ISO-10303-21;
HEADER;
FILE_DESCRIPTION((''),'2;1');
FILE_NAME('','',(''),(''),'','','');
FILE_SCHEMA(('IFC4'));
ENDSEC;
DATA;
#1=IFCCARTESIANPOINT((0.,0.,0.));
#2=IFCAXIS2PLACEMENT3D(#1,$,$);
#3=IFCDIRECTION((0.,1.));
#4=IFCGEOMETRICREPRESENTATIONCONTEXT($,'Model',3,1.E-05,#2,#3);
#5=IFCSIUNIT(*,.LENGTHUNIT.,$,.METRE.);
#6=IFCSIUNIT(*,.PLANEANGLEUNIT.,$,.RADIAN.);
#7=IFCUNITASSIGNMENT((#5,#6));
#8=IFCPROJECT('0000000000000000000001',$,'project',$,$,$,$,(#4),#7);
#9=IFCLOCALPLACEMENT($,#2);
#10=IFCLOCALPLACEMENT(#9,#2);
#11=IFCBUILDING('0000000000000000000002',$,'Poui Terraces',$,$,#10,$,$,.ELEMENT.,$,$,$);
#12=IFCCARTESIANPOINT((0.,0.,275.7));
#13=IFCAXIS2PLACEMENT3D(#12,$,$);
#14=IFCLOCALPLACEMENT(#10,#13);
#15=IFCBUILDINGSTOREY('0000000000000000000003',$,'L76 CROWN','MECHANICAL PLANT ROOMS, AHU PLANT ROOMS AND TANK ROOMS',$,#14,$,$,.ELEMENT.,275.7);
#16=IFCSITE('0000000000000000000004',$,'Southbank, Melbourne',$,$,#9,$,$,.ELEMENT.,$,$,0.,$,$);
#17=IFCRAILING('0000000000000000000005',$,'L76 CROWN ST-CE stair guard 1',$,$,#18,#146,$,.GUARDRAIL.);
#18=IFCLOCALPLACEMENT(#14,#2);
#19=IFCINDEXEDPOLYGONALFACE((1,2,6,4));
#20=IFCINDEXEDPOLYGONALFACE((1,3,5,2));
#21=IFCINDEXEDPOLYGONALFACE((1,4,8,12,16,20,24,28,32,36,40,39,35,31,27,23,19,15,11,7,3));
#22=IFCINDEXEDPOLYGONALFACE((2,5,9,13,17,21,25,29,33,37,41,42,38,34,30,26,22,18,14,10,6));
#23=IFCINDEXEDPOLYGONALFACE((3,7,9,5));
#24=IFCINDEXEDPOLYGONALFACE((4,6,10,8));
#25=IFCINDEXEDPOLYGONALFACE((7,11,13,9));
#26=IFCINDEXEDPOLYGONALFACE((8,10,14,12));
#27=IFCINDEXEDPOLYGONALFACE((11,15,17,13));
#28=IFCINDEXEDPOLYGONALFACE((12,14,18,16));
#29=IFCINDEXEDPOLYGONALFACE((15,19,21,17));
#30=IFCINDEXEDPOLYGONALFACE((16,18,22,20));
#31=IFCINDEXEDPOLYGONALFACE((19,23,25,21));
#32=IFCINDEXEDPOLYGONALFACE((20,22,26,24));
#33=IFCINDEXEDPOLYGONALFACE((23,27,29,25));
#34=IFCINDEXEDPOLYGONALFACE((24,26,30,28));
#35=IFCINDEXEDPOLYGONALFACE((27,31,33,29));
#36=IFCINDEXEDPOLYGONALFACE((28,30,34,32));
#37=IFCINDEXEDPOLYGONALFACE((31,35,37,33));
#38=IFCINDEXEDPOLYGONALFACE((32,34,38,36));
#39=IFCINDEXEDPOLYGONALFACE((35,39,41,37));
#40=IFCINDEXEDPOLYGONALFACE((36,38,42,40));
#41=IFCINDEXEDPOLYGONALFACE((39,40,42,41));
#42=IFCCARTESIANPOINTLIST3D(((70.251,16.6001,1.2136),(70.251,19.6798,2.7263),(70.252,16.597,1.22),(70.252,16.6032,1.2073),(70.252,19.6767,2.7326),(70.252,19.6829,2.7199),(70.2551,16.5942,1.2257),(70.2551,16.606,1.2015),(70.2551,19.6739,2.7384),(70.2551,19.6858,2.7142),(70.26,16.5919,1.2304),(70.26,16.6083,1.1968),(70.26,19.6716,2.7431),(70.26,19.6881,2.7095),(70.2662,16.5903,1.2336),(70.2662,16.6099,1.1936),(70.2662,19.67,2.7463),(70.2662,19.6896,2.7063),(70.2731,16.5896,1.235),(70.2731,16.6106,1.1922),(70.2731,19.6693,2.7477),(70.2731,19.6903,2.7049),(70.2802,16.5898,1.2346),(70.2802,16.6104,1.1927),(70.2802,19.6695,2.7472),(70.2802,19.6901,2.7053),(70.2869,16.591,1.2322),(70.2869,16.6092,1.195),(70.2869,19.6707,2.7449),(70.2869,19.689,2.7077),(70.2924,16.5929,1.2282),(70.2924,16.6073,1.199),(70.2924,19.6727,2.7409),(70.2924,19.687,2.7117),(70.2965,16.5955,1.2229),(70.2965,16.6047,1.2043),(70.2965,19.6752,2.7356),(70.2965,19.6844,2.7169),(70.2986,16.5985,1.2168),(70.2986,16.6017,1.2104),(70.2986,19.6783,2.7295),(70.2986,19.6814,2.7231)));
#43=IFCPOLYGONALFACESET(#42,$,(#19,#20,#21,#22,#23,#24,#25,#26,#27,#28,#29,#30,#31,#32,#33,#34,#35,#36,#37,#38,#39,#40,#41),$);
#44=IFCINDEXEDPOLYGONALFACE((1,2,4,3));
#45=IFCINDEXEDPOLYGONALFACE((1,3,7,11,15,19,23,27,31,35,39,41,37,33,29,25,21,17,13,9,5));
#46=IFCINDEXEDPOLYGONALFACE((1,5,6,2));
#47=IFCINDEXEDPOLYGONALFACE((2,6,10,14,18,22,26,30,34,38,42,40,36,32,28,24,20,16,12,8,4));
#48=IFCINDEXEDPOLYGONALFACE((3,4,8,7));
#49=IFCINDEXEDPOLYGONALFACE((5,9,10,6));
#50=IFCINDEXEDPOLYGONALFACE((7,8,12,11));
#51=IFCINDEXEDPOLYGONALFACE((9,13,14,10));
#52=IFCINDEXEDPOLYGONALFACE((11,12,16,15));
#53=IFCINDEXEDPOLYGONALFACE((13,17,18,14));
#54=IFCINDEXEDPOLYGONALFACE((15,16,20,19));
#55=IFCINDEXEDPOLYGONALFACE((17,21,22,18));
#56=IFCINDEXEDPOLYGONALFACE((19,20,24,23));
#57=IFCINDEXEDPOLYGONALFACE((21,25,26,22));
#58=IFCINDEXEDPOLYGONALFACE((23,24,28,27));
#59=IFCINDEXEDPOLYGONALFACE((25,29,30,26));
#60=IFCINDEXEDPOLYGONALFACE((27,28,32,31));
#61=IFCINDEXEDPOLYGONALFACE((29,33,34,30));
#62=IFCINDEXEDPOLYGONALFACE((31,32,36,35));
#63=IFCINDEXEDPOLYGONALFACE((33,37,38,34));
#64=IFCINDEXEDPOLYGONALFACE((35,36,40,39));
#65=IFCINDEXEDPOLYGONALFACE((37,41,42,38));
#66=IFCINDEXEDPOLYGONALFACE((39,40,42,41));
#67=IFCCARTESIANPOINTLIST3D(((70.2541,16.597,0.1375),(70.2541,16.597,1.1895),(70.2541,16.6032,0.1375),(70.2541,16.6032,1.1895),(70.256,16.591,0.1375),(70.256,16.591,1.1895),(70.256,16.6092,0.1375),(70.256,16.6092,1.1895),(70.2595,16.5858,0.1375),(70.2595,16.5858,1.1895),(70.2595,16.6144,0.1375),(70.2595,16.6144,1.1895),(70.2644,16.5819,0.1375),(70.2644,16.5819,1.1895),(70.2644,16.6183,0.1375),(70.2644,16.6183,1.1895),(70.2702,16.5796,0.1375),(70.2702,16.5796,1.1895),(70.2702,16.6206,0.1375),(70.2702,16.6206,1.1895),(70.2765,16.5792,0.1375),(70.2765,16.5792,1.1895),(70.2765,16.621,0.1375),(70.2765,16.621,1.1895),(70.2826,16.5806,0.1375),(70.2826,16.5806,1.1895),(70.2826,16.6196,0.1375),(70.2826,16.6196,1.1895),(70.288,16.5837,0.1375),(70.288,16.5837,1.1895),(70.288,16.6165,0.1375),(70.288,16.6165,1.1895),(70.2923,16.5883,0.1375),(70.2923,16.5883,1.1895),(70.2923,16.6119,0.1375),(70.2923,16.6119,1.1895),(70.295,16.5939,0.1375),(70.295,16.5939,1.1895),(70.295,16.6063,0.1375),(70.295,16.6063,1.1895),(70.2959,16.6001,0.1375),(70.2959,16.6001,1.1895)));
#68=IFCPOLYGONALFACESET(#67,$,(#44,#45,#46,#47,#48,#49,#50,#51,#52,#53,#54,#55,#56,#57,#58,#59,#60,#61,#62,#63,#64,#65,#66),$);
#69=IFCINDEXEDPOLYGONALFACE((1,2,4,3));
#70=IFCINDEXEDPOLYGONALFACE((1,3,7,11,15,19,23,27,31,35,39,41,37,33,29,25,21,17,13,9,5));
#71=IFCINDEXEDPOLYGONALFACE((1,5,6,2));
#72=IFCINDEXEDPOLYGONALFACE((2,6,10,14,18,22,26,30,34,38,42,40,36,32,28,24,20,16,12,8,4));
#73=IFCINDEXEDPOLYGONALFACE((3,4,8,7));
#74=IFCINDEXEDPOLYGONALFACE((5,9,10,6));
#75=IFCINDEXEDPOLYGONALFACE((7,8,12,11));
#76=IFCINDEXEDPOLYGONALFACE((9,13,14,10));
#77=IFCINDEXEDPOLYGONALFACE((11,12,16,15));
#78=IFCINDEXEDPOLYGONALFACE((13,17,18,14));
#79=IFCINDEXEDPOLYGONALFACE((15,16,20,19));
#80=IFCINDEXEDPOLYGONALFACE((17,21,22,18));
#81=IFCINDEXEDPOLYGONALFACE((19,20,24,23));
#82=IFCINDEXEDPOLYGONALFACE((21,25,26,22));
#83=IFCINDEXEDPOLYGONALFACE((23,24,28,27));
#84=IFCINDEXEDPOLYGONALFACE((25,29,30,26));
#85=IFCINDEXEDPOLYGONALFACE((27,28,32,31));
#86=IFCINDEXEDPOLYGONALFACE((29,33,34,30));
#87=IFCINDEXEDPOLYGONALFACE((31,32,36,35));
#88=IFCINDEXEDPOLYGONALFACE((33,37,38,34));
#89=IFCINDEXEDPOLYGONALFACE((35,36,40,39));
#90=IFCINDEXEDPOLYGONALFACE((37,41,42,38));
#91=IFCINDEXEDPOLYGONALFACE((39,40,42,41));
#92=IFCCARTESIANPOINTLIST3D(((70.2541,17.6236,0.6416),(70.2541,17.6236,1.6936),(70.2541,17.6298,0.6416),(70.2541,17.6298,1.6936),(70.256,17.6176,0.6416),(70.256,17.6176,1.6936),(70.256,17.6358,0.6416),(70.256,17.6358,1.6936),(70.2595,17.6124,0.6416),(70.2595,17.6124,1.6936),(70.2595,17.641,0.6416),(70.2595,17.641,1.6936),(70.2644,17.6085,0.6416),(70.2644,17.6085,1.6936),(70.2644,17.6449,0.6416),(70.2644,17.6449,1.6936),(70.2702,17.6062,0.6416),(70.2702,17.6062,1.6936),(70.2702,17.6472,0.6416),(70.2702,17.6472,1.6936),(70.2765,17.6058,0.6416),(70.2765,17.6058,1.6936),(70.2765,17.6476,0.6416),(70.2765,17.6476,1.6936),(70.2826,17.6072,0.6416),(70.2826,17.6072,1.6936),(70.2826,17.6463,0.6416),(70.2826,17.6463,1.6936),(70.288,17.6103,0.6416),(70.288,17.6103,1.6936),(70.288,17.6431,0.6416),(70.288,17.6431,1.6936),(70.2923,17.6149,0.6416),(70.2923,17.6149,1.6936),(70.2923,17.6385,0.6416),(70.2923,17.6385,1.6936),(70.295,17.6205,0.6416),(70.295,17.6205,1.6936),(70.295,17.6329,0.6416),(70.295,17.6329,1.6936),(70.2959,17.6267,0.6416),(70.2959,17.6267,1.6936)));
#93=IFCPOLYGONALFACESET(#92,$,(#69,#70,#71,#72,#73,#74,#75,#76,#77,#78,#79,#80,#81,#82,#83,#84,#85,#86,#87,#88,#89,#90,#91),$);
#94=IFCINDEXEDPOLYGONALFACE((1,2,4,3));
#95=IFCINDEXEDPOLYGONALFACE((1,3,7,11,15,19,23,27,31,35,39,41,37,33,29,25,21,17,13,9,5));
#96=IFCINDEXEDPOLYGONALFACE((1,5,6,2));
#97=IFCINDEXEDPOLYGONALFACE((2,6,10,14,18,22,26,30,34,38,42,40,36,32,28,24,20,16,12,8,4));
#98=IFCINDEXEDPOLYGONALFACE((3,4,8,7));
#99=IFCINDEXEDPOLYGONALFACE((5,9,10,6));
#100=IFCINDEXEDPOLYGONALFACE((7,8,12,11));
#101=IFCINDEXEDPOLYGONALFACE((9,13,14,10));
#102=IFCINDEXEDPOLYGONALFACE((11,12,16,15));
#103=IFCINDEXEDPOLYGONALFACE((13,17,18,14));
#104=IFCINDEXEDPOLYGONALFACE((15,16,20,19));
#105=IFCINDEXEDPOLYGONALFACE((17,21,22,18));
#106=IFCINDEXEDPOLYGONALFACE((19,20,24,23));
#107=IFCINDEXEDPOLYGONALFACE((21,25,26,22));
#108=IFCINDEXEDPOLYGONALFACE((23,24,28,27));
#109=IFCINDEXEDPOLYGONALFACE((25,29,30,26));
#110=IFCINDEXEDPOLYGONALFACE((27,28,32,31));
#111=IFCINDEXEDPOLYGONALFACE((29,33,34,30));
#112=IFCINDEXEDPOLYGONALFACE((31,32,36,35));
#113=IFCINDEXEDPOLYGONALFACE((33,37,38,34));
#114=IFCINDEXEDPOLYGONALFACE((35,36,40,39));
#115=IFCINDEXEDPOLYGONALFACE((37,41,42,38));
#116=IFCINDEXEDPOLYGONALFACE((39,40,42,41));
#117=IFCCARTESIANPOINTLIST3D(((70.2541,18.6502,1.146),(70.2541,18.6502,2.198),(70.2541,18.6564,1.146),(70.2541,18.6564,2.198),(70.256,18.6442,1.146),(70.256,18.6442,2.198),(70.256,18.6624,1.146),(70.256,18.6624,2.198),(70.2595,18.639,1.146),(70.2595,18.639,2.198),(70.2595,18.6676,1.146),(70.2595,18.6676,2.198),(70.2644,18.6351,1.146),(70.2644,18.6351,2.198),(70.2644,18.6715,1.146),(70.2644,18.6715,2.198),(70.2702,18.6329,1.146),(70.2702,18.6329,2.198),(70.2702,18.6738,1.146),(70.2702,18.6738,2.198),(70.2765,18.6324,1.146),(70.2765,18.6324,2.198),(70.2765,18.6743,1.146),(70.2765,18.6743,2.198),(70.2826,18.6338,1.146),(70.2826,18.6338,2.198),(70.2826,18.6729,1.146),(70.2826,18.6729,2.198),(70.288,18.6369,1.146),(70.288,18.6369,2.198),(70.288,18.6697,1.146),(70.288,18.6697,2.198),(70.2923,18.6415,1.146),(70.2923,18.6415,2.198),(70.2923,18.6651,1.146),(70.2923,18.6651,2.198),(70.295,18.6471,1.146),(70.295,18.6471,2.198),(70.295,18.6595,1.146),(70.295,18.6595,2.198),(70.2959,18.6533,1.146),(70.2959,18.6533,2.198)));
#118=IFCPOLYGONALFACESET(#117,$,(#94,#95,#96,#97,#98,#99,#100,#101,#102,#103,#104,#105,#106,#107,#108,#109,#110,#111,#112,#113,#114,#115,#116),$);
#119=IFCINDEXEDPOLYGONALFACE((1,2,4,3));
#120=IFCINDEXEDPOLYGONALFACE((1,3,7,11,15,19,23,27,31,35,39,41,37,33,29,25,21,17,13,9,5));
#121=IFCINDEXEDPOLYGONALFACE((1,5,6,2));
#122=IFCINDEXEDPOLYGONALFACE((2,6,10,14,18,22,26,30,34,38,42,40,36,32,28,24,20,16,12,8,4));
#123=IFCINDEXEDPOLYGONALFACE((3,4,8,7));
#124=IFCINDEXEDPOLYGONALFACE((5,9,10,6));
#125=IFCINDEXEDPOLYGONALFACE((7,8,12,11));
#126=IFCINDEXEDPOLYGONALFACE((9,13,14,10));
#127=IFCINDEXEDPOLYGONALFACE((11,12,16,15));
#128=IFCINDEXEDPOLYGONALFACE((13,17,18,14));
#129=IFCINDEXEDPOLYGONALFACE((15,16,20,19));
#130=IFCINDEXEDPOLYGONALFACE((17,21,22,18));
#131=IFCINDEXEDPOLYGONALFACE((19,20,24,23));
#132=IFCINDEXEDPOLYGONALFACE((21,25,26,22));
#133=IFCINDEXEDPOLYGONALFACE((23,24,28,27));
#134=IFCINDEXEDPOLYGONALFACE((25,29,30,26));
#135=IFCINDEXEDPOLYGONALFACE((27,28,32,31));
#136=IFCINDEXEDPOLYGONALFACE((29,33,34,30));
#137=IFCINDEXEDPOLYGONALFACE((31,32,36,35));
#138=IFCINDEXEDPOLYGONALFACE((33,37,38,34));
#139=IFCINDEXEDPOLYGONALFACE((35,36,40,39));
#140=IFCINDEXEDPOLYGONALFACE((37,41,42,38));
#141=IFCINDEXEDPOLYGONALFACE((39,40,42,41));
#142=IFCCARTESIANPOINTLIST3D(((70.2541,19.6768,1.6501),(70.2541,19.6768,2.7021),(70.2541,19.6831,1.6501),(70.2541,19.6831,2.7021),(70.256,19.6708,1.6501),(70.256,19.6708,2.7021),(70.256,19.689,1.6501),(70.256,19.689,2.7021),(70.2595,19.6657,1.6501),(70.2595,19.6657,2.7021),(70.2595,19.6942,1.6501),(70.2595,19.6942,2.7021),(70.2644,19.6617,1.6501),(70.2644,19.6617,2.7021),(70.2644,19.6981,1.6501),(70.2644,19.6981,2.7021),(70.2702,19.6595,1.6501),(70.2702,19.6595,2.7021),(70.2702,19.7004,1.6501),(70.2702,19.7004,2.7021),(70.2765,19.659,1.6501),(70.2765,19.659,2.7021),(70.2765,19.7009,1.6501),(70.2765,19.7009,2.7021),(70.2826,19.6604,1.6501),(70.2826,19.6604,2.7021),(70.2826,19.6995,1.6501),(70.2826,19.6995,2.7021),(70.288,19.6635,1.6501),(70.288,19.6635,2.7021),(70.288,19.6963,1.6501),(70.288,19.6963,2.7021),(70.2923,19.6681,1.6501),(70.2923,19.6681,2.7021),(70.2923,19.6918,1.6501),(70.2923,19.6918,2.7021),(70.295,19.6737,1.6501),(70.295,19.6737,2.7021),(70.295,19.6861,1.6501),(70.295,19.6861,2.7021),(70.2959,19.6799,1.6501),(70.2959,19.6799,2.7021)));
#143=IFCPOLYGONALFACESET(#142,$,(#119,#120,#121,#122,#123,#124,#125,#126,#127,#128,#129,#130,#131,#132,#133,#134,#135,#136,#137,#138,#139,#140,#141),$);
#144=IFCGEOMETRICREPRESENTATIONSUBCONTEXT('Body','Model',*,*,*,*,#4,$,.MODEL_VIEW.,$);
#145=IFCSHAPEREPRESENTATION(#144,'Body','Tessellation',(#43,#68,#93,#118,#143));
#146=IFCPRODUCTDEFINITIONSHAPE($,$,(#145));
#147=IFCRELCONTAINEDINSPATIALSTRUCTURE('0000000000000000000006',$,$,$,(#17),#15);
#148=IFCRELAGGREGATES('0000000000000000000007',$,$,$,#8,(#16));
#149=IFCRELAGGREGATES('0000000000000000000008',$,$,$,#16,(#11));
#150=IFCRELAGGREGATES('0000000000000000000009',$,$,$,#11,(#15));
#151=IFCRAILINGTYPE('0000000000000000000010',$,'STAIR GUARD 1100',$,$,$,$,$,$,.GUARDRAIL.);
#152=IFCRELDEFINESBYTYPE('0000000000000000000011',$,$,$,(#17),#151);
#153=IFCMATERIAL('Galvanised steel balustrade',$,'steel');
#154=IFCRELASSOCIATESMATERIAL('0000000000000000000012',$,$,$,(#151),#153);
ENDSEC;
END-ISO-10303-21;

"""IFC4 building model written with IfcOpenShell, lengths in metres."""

from ifc_helpers import new_model, si_unit, direction, frame, origin, origin_2d, place, context, subcontext, project, spatial, circle, extrude, material, type_object, element, save


model = new_model("IFC4")

# Units and contexts
model_context = context("Model", 3, precision=1e-05, world=origin(), true_north=direction((0.0, 1.0)))
body_context = subcontext(model_context, "Body", "Model", "MODEL_VIEW")
ifc_project = project(units=[si_unit("LENGTHUNIT", "METRE"), si_unit("PLANEANGLEUNIT", "RADIAN")], contexts=[model_context])

# Site, building, storey
site_placement = place(None, origin())
site = spatial("IfcSite", under=ifc_project, at=site_placement, Name="Southbank, Melbourne", CompositionType="ELEMENT", RefElevation=0.0)
building_placement = place(site_placement, origin())
building = spatial("IfcBuilding", under=site, at=building_placement, Name="Poui Terraces", CompositionType="ELEMENT")
storey_placement = place(building_placement, frame((0.0, 0.0, 275.7)))
storey = spatial("IfcBuildingStorey", under=building, at=storey_placement, Name="L76 CROWN", Description="MECHANICAL PLANT ROOMS, AHU PLANT ROOMS AND TANK ROOMS", CompositionType="ELEMENT", Elevation=275.7)

# Railing
ifc_material_1 = material(Name="Galvanised steel balustrade", Category="steel")
railing_type_1 = type_object("IfcRailingType", Name="STAIR GUARD 1100", PredefinedType="GUARDRAIL", material=ifc_material_1)
for number, where, name in (
    (1, (70.2749, 16.6001, 0.1375), "L76 CROWN ST-CE stair guard 1"),
):
    element("IfcRailing", number, at=place(storey_placement, frame(where)), inside=storey, type_object=railing_type_1, Name=name, PredefinedType="GUARDRAIL", context=body_context, shape_type="SweptSolid", body=[
        extrude(circle(Radius=0.0239, at=origin_2d()), frame((0.0, 0.0, 1.0762), z_axis=(0.0, 0.897578, 0.440856), x_axis=(-1.0, 0.0, 0.0)), (0.0, 0.0, 1.0), 3.4312),
        extrude(circle(Radius=0.021, at=origin_2d()), origin(), (0.0, 0.0, 1.0), 1.052),
        extrude(circle(Radius=0.021, at=origin_2d()), frame((0.0, 1.0266, 0.5042)), (0.0, 0.0, 1.0), 1.052),
        extrude(circle(Radius=0.021, at=origin_2d()), frame((0.0, 2.0532, 1.0085)), (0.0, 0.0, 1.0), 1.052),
        extrude(circle(Radius=0.021, at=origin_2d()), frame((0.0, 3.0798, 1.5127)), (0.0, 0.0, 1.0), 1.052),
    ])

save(model, "model.ifc")
